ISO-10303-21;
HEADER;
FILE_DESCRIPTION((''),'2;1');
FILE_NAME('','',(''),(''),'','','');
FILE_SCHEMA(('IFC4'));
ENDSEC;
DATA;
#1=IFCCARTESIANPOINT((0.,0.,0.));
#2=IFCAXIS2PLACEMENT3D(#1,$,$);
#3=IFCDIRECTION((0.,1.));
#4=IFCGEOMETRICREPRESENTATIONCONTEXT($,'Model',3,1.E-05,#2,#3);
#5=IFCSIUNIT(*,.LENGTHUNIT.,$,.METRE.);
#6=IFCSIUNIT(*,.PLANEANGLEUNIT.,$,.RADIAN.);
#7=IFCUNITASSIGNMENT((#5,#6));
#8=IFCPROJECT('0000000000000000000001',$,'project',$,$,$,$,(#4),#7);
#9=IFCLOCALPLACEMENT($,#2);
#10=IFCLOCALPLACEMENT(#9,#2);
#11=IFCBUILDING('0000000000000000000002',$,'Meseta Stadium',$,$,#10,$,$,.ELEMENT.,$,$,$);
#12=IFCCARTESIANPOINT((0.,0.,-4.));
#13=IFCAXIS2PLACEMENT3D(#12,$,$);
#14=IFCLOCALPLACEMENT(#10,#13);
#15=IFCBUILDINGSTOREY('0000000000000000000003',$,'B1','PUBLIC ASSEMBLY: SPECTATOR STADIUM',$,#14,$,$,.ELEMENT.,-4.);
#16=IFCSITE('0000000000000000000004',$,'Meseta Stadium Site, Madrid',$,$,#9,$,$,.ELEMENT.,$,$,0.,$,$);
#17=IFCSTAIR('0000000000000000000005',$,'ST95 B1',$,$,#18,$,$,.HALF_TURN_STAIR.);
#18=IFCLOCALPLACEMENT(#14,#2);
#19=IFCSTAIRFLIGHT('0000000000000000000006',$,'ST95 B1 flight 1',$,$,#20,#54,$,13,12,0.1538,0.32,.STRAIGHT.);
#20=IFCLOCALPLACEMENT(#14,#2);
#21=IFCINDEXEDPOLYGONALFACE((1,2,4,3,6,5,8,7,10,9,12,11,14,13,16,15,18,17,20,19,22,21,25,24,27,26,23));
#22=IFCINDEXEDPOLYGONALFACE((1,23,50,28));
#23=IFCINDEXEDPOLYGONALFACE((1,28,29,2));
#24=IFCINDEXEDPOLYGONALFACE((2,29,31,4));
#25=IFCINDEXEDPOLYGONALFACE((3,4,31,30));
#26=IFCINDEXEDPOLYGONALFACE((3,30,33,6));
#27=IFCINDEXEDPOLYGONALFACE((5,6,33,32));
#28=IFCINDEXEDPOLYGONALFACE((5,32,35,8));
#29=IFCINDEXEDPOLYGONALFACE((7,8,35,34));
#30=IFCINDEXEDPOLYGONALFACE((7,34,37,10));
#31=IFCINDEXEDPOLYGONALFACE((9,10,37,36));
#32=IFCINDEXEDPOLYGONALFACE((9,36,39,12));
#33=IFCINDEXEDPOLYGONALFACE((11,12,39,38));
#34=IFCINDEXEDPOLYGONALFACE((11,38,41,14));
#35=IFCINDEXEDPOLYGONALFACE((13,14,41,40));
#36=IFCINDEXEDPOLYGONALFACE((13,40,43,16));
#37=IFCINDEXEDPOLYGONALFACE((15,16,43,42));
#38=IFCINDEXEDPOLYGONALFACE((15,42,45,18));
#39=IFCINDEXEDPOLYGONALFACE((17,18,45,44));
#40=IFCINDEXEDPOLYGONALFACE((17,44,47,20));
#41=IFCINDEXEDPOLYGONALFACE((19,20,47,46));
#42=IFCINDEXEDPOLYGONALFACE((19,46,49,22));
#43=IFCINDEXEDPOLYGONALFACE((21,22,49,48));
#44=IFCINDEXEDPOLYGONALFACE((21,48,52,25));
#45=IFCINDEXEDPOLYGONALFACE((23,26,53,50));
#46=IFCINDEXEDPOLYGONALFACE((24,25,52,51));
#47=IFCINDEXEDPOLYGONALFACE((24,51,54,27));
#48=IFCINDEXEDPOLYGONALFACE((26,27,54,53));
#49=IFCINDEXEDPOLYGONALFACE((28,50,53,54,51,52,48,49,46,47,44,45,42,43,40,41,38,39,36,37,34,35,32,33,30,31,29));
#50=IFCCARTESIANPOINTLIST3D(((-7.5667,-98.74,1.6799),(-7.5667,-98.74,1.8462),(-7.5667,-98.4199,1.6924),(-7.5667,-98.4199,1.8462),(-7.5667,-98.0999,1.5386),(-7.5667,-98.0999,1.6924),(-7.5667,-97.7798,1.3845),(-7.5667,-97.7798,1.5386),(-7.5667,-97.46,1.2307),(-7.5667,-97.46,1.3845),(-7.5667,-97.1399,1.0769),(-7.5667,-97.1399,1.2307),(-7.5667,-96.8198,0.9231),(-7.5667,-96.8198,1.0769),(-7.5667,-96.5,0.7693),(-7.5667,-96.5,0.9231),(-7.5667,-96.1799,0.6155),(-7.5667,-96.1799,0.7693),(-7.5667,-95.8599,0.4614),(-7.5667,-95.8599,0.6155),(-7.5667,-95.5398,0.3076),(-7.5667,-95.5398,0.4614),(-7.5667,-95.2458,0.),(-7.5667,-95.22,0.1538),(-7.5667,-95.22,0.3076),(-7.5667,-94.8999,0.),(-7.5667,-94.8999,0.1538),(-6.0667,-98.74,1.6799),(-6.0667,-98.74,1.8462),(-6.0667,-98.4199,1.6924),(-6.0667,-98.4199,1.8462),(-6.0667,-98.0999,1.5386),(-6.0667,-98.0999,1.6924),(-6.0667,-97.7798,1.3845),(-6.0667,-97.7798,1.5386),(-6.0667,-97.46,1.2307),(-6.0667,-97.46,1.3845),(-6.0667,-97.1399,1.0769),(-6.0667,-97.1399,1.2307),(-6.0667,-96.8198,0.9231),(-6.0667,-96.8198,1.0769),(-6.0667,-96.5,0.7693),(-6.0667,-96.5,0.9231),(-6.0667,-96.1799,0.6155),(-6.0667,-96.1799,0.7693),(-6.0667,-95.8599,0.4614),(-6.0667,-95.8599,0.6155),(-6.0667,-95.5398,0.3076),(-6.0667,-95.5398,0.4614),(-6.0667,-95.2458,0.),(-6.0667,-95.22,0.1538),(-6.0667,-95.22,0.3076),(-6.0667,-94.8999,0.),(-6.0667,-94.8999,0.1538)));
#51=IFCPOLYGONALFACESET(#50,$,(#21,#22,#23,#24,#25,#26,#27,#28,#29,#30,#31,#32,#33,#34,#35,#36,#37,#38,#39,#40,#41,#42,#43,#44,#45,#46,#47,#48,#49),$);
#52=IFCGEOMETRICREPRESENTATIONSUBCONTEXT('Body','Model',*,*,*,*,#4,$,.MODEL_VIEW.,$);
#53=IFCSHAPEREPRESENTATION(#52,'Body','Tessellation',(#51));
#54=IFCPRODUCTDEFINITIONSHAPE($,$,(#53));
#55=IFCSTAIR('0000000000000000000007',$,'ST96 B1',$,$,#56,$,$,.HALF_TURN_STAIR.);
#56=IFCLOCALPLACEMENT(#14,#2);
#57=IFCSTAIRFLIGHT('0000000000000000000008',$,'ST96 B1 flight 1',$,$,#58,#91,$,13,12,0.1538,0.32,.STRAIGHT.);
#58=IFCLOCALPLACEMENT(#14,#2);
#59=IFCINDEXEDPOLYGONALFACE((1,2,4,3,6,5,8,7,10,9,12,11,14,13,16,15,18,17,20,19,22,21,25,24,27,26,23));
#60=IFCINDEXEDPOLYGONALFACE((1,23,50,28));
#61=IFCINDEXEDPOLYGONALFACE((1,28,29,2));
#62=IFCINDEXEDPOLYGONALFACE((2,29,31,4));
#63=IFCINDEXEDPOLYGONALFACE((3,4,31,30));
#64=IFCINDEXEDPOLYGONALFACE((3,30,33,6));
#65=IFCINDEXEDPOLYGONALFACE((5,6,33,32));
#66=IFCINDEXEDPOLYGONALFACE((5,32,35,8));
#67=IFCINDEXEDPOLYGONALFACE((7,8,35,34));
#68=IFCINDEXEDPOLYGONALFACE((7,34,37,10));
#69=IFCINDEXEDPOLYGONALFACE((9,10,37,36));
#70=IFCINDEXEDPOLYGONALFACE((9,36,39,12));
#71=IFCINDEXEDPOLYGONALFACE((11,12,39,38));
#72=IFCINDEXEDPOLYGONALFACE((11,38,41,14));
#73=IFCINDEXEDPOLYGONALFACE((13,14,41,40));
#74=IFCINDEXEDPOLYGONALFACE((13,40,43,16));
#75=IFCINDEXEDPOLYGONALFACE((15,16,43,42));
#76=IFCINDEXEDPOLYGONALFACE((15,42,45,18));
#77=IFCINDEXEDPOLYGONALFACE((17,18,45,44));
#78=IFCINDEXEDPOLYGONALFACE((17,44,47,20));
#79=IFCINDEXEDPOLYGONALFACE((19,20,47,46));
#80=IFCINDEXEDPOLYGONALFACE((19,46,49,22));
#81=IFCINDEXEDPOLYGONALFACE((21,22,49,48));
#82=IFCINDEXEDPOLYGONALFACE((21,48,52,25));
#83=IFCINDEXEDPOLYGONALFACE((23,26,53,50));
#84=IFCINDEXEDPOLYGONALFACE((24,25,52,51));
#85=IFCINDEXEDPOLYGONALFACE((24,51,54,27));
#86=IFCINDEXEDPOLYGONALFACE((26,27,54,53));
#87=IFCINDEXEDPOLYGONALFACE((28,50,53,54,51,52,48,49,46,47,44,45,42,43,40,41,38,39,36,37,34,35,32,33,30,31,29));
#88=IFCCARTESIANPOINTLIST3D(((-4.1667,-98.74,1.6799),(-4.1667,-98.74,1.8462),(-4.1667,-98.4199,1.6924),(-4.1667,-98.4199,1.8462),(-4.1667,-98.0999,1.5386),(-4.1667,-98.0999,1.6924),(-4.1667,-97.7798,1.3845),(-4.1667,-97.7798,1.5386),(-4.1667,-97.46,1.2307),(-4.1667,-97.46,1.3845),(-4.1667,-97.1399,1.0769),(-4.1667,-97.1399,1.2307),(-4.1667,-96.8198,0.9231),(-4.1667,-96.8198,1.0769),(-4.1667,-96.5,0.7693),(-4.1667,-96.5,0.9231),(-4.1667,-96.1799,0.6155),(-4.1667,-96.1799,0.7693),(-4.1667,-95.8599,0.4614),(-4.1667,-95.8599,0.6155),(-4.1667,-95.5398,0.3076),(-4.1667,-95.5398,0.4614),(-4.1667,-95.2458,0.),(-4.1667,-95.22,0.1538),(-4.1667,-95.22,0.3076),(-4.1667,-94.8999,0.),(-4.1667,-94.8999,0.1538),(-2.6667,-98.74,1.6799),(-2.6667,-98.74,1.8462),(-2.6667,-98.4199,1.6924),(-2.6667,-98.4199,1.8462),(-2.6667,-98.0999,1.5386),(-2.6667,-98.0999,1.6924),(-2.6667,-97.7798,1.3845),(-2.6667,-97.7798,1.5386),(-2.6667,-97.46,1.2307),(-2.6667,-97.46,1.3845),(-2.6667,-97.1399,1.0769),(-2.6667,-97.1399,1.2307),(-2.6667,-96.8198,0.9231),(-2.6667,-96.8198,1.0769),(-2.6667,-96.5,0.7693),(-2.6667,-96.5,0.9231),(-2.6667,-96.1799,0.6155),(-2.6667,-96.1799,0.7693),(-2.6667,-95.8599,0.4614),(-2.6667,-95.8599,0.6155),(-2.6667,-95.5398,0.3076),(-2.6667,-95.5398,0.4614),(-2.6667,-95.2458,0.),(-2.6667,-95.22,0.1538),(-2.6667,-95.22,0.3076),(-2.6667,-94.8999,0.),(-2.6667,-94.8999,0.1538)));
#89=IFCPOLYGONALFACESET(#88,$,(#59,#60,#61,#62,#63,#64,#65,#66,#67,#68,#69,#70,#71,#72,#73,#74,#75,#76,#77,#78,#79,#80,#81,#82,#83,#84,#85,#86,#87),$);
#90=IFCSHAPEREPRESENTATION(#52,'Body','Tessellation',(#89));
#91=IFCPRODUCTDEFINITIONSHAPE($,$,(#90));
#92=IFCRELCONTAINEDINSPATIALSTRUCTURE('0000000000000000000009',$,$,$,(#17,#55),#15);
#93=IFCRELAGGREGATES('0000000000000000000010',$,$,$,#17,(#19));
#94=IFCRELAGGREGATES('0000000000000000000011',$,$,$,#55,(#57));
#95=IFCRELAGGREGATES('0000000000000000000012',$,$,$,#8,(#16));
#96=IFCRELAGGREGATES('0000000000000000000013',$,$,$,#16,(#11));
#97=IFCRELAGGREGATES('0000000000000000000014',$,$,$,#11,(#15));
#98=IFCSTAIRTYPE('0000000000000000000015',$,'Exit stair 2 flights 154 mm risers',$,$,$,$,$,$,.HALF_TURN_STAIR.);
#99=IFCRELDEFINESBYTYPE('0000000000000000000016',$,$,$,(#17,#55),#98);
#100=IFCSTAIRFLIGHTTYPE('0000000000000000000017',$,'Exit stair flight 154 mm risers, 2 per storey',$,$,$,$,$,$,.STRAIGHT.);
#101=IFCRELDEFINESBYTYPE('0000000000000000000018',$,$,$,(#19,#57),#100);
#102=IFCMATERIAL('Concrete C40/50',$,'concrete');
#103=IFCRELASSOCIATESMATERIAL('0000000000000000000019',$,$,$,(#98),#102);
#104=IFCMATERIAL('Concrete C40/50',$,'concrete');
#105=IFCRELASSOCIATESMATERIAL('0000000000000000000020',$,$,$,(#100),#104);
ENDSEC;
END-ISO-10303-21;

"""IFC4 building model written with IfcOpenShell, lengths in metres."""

from ifc_helpers import new_model, si_unit, direction, frame, origin, place, context, subcontext, project, spatial, polyline, outline, extrude, material, type_object, element, aggregate, save


model = new_model("IFC4")

# Units and contexts
model_context = context("Model", 3, precision=1e-05, world=origin(), true_north=direction((0.0, 1.0)))
body_context = subcontext(model_context, "Body", "Model", "MODEL_VIEW")
ifc_project = project(units=[si_unit("LENGTHUNIT", "METRE"), si_unit("PLANEANGLEUNIT", "RADIAN")], contexts=[model_context])

# Site, building, storey
site_placement = place(None, origin())
site = spatial("IfcSite", under=ifc_project, at=site_placement, Name="Meseta Stadium Site, Madrid", CompositionType="ELEMENT", RefElevation=0.0)
building_placement = place(site_placement, origin())
building = spatial("IfcBuilding", under=site, at=building_placement, Name="Meseta Stadium", CompositionType="ELEMENT")
storey_placement = place(building_placement, frame((0.0, 0.0, -4.0)))
storey = spatial("IfcBuildingStorey", under=building, at=storey_placement, Name="B1", Description="PUBLIC ASSEMBLY: SPECTATOR STADIUM", CompositionType="ELEMENT", Elevation=-4.0)

# Stairs, stair flights
ifc_material_1 = material(Name="Concrete C40/50", Category="concrete")
stair_type = type_object("IfcStairType", Name="Exit stair 2 flights 154 mm risers", PredefinedType="HALF_TURN_STAIR", material=ifc_material_1)
stair_1_placement = place(storey_placement, origin())
stair_1 = element("IfcStair", 1, at=stair_1_placement, inside=storey, type_object=stair_type, Name="ST95 B1", PredefinedType="HALF_TURN_STAIR")
ifc_material_2 = material(Name="Concrete C40/50", Category="concrete")
stair_flight_type = type_object("IfcStairFlightType", Name="Exit stair flight 154 mm risers, 2 per storey", PredefinedType="STRAIGHT", material=ifc_material_2)
stair_flight_1_placement = place(storey_placement, frame((-6.8167, -94.8999, 0.0), z_axis=(0.0, 0.0, 1.0), x_axis=(0.0, -1.0, 0.0)))
stair_flight_1 = element("IfcStairFlight", 2, at=stair_flight_1_placement, type_object=stair_flight_type, Name="ST95 B1 flight 1", NumberOfRisers=13, NumberOfTreads=12, PredefinedType="STRAIGHT", RiserHeight=0.1538, TreadLength=0.32, context=body_context, shape_type="SweptSolid", body=[
    extrude(outline(polyline([(0.0, 0.0), (0.0, 0.1538), (0.3201, 0.1538), (0.3201, 0.3076), (0.6399, 0.3076), (0.6399, 0.4614), (0.96, 0.4614), (0.96, 0.6155), (1.28, 0.6155), (1.28, 0.7693), (1.6001, 0.7693), (1.6001, 0.9231), (1.9199, 0.9231), (1.9199, 1.0769), (2.24, 1.0769), (2.24, 1.2307), (2.5601, 1.2307), (2.5601, 1.3845), (2.8799, 1.3845), (2.8799, 1.5386), (3.2, 1.5386), (3.2, 1.6924), (3.52, 1.6924), (3.52, 1.8462), (3.8401, 1.8462), (3.8401, 1.6799), (0.3459, 0.0), (0.0, 0.0)])), frame((0.0, 0.75, 0.0), z_axis=(0.0, -1.0, 0.0), x_axis=(1.0, 0.0, 0.0)), (0.0, 0.0, 1.0), 1.5),
])
aggregate(stair_1, [stair_flight_1])
stair_2_placement = place(storey_placement, origin())
stair_2 = element("IfcStair", 3, at=stair_2_placement, inside=storey, type_object=stair_type, Name="ST96 B1", PredefinedType="HALF_TURN_STAIR")
stair_flight_2_placement = place(storey_placement, frame((-3.4167, -94.8999, 0.0), z_axis=(0.0, 0.0, 1.0), x_axis=(0.0, -1.0, 0.0)))
stair_flight_2 = element("IfcStairFlight", 4, at=stair_flight_2_placement, type_object=stair_flight_type, Name="ST96 B1 flight 1", NumberOfRisers=13, NumberOfTreads=12, PredefinedType="STRAIGHT", RiserHeight=0.1538, TreadLength=0.32, context=body_context, shape_type="SweptSolid", body=[
    extrude(outline(polyline([(0.0, 0.0), (0.0, 0.1538), (0.3201, 0.1538), (0.3201, 0.3076), (0.6399, 0.3076), (0.6399, 0.4614), (0.96, 0.4614), (0.96, 0.6155), (1.28, 0.6155), (1.28, 0.7693), (1.6001, 0.7693), (1.6001, 0.9231), (1.9199, 0.9231), (1.9199, 1.0769), (2.24, 1.0769), (2.24, 1.2307), (2.5601, 1.2307), (2.5601, 1.3845), (2.8799, 1.3845), (2.8799, 1.5386), (3.2, 1.5386), (3.2, 1.6924), (3.52, 1.6924), (3.52, 1.8462), (3.8401, 1.8462), (3.8401, 1.6799), (0.3459, 0.0), (0.0, 0.0)])), frame((0.0, 0.75, 0.0), z_axis=(0.0, -1.0, 0.0), x_axis=(1.0, 0.0, 0.0)), (0.0, 0.0, 1.0), 1.5),
])
aggregate(stair_2, [stair_flight_2])

save(model, "model.ifc")
